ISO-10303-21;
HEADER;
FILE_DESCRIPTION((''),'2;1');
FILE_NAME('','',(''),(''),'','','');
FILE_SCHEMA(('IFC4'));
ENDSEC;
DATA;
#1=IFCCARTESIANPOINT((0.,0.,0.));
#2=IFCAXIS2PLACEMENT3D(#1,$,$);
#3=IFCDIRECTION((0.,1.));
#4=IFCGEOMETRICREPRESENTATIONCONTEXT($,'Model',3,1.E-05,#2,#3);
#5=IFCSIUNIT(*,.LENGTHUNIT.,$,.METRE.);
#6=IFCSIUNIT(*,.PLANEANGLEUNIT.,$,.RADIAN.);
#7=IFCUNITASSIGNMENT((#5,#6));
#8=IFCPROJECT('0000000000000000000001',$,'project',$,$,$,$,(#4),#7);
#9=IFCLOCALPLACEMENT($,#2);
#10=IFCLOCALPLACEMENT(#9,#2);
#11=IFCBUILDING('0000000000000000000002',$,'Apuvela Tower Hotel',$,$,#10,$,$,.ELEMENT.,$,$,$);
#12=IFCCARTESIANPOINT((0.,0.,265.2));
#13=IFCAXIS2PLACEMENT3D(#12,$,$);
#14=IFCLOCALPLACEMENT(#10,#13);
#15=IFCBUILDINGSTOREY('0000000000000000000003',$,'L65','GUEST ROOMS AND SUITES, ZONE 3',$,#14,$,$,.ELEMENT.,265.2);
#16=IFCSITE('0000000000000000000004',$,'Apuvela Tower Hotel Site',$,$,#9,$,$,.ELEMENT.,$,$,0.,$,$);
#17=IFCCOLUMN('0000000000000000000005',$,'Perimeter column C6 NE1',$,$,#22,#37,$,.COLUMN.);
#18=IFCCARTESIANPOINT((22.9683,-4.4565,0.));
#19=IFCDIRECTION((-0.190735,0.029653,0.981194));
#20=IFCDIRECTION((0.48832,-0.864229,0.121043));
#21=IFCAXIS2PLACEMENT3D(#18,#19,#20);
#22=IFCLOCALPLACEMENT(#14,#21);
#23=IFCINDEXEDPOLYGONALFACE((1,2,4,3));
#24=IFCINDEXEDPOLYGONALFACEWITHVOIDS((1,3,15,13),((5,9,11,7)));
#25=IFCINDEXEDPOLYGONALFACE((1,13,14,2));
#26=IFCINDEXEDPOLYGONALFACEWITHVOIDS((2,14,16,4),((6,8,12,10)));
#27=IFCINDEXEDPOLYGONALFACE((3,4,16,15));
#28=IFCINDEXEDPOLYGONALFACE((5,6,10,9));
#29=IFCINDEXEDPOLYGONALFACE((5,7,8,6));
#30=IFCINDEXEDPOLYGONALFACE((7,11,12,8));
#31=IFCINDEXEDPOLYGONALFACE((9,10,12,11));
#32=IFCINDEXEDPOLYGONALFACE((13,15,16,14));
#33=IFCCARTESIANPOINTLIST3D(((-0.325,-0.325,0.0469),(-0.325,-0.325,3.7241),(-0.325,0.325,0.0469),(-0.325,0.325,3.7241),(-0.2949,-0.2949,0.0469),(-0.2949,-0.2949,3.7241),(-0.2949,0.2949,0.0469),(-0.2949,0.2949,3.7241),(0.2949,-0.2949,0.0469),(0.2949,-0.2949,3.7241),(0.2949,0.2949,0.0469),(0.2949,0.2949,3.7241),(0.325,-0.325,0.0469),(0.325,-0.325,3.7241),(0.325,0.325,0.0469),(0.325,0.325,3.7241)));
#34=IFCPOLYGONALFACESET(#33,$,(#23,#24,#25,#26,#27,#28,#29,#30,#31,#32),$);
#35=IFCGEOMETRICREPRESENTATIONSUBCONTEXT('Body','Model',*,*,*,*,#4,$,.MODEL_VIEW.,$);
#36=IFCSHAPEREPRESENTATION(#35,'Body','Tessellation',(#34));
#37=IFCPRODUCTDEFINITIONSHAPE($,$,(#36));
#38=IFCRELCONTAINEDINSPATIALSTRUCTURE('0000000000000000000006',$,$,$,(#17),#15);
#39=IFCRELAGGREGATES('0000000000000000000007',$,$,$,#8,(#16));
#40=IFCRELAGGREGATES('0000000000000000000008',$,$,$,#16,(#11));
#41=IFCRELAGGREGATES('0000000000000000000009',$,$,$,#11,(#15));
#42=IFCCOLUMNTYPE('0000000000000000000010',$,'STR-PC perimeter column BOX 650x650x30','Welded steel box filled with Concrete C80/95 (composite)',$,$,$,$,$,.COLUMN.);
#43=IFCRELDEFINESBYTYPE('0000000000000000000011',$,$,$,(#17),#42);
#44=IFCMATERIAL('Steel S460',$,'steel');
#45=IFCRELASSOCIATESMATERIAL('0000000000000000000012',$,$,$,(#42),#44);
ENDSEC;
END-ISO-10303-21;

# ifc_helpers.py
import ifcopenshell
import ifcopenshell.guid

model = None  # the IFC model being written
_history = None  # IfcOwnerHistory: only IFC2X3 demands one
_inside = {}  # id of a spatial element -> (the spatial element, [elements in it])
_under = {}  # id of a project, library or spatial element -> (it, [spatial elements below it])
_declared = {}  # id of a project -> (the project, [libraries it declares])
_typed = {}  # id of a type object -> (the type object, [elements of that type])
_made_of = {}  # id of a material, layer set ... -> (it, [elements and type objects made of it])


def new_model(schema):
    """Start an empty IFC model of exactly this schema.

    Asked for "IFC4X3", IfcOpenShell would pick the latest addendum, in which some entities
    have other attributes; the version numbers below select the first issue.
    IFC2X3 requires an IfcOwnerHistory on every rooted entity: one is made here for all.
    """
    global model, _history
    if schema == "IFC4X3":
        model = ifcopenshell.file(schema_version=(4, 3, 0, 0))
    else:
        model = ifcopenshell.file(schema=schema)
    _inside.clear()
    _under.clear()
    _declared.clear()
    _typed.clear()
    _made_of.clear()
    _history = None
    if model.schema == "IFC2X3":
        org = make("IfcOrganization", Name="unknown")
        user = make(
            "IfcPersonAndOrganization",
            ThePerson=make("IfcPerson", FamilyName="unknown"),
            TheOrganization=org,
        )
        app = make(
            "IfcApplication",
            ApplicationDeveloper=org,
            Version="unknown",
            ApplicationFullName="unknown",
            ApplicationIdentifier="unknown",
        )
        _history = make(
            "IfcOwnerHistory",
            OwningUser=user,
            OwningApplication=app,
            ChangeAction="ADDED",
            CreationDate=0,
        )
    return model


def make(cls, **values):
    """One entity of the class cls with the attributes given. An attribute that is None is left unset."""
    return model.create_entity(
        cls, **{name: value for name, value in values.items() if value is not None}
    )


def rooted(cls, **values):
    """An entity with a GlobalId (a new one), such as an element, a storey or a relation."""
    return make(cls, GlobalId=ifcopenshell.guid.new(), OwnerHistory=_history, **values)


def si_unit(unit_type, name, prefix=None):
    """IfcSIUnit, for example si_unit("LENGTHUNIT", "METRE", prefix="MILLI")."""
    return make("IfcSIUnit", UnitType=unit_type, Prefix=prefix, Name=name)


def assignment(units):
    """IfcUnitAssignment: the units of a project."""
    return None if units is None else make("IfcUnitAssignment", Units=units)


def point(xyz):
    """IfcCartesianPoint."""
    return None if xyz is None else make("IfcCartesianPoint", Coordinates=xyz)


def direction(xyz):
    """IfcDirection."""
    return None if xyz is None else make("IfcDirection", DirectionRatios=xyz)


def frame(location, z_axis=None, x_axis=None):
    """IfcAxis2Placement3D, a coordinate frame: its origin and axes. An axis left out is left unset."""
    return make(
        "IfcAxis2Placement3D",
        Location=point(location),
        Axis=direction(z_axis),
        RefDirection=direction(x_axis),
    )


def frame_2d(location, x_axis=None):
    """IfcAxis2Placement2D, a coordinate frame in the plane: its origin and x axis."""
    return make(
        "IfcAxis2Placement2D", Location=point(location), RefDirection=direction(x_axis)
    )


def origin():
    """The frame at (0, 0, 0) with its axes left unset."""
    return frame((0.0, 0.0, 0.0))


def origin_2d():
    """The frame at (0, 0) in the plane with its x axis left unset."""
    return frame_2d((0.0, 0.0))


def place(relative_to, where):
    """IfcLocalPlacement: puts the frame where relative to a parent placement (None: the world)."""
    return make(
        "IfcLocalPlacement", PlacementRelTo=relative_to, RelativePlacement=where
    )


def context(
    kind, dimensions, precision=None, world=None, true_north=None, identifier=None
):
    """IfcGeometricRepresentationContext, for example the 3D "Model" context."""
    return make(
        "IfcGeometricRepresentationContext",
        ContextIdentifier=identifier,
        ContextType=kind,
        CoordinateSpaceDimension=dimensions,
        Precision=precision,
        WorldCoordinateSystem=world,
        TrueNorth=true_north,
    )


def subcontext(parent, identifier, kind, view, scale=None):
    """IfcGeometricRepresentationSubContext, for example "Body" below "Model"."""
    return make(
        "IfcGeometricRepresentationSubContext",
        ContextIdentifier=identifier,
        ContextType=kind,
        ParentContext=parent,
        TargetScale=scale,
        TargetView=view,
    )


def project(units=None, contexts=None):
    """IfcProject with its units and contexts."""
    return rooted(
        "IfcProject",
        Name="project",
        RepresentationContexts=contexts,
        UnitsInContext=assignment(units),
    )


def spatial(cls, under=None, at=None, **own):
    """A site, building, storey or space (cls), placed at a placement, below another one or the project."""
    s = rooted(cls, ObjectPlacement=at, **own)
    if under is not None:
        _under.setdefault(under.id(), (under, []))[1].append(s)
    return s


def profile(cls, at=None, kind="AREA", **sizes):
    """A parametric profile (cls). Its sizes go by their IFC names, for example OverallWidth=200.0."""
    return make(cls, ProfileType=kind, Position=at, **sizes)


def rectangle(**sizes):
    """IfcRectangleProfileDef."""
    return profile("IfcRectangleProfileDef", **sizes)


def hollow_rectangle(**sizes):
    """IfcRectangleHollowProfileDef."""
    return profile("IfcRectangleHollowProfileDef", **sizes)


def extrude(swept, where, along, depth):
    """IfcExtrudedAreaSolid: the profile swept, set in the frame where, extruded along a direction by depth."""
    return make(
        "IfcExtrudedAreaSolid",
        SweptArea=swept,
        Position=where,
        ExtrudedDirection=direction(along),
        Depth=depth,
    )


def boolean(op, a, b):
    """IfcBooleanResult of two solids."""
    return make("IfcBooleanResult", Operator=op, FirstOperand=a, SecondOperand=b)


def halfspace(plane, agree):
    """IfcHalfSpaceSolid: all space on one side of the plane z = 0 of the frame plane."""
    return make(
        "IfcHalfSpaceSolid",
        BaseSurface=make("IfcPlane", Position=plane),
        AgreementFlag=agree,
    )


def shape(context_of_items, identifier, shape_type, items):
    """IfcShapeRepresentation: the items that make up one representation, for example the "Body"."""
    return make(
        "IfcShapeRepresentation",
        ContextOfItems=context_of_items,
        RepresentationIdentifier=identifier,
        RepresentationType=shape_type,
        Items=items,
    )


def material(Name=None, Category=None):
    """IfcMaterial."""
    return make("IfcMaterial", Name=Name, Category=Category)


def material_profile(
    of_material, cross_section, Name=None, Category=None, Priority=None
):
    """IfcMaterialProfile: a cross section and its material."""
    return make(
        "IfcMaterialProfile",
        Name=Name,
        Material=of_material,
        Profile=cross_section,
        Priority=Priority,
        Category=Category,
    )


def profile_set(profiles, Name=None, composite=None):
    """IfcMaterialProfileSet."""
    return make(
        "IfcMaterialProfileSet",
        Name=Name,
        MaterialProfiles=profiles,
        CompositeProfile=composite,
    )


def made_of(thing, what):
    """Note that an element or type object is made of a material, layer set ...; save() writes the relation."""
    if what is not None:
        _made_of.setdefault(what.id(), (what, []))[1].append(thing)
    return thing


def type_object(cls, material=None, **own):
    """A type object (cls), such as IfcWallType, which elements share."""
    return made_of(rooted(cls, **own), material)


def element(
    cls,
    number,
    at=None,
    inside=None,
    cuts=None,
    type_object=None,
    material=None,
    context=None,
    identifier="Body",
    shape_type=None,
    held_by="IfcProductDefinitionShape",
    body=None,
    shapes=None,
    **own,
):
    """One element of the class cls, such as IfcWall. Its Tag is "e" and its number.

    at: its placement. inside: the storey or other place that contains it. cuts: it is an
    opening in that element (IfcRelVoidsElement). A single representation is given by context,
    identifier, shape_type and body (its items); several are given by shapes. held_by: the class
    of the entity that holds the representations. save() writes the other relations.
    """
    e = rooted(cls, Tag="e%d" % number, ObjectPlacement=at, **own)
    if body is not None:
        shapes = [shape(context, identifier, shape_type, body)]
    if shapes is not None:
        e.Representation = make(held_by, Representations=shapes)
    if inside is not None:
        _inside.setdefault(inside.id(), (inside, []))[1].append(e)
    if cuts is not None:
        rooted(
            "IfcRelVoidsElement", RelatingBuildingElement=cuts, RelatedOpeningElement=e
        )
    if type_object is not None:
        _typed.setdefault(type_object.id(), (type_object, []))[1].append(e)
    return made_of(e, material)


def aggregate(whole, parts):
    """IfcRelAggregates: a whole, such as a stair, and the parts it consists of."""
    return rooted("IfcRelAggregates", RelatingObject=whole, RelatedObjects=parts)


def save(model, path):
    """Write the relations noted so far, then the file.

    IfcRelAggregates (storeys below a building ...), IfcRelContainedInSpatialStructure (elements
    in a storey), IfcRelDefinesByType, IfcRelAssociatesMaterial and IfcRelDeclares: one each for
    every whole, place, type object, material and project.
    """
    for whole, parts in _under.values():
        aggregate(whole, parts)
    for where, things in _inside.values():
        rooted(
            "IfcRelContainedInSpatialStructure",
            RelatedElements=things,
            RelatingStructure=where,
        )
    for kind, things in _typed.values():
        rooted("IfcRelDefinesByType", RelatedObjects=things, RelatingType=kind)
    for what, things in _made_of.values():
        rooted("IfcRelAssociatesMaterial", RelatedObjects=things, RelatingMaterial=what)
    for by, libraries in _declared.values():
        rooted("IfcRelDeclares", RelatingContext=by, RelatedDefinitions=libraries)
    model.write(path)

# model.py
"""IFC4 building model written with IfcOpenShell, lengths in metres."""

from ifc_helpers import new_model, si_unit, direction, frame, origin, origin_2d, place, context, subcontext, project, spatial, rectangle, hollow_rectangle, extrude, boolean, halfspace, material, material_profile, profile_set, type_object, element, save


model = new_model("IFC4")

# Units and contexts
model_context = context("Model", 3, precision=1e-05, world=origin(), true_north=direction((0.0, 1.0)))
body_context = subcontext(model_context, "Body", "Model", "MODEL_VIEW")
ifc_project = project(units=[si_unit("LENGTHUNIT", "METRE"), si_unit("PLANEANGLEUNIT", "RADIAN")], contexts=[model_context])

# Site, building, storey
site_placement = place(None, origin())
site = spatial("IfcSite", under=ifc_project, at=site_placement, Name="Apuvela Tower Hotel Site", CompositionType="ELEMENT", RefElevation=0.0)
building_placement = place(site_placement, origin())
building = spatial("IfcBuilding", under=site, at=building_placement, Name="Apuvela Tower Hotel", CompositionType="ELEMENT")
storey_placement = place(building_placement, frame((0.0, 0.0, 265.2)))
storey = spatial("IfcBuildingStorey", under=building, at=storey_placement, Name="L65", Description="GUEST ROOMS AND SUITES, ZONE 3", CompositionType="ELEMENT", Elevation=265.2)

# Column
ifc_material_1 = material(Name="Steel S460", Category="steel")
ifc_material_profile_1 = material_profile(ifc_material_1, hollow_rectangle(XDim=0.6499, YDim=0.6499, WallThickness=0.03, at=origin_2d()), Name="BOX 650x650x30")
ifc_material_2 = material(Name="Concrete C80/95", Category="concrete")
ifc_material_profile_2 = material_profile(ifc_material_2, rectangle(XDim=0.5901, YDim=0.5901, at=origin_2d()), Name="Concrete C80/95 infill")
ifc_profile_set_1 = profile_set([ifc_material_profile_1, ifc_material_profile_2], Name="Steel S460")
column_type = type_object("IfcColumnType", Name="STR-PC perimeter column BOX 650x650x30", Description="Welded steel box filled with Concrete C80/95 (composite)", PredefinedType="COLUMN", material=ifc_profile_set_1)
column_placement = place(storey_placement, frame((22.9683, -4.4565, 0.0), z_axis=(-0.190735, 0.029653, 0.981194), x_axis=(0.48832, -0.864229, 0.121043)))
element("IfcColumn", 1, at=column_placement, inside=storey, type_object=column_type, Name="Perimeter column C6 NE1", PredefinedType="COLUMN", context=body_context, shape_type="SweptSolid", body=[
    boolean("DIFFERENCE", boolean("DIFFERENCE", extrude(hollow_rectangle(XDim=0.6499, YDim=0.6499, WallThickness=0.03, at=origin_2d()), origin(), (0.0, 0.0, 1.0), 3.7708), halfspace(frame((0.0, 0.0, 0.0469), z_axis=(0.0, 0.0, 1.0), x_axis=(1.0, 0.0, 0.0)), True)), halfspace(frame((0.0, 0.0, 3.7241), z_axis=(0.0, 0.0, 1.0), x_axis=(1.0, 0.0, 0.0)), False)),
])

save(model, "model.ifc")
